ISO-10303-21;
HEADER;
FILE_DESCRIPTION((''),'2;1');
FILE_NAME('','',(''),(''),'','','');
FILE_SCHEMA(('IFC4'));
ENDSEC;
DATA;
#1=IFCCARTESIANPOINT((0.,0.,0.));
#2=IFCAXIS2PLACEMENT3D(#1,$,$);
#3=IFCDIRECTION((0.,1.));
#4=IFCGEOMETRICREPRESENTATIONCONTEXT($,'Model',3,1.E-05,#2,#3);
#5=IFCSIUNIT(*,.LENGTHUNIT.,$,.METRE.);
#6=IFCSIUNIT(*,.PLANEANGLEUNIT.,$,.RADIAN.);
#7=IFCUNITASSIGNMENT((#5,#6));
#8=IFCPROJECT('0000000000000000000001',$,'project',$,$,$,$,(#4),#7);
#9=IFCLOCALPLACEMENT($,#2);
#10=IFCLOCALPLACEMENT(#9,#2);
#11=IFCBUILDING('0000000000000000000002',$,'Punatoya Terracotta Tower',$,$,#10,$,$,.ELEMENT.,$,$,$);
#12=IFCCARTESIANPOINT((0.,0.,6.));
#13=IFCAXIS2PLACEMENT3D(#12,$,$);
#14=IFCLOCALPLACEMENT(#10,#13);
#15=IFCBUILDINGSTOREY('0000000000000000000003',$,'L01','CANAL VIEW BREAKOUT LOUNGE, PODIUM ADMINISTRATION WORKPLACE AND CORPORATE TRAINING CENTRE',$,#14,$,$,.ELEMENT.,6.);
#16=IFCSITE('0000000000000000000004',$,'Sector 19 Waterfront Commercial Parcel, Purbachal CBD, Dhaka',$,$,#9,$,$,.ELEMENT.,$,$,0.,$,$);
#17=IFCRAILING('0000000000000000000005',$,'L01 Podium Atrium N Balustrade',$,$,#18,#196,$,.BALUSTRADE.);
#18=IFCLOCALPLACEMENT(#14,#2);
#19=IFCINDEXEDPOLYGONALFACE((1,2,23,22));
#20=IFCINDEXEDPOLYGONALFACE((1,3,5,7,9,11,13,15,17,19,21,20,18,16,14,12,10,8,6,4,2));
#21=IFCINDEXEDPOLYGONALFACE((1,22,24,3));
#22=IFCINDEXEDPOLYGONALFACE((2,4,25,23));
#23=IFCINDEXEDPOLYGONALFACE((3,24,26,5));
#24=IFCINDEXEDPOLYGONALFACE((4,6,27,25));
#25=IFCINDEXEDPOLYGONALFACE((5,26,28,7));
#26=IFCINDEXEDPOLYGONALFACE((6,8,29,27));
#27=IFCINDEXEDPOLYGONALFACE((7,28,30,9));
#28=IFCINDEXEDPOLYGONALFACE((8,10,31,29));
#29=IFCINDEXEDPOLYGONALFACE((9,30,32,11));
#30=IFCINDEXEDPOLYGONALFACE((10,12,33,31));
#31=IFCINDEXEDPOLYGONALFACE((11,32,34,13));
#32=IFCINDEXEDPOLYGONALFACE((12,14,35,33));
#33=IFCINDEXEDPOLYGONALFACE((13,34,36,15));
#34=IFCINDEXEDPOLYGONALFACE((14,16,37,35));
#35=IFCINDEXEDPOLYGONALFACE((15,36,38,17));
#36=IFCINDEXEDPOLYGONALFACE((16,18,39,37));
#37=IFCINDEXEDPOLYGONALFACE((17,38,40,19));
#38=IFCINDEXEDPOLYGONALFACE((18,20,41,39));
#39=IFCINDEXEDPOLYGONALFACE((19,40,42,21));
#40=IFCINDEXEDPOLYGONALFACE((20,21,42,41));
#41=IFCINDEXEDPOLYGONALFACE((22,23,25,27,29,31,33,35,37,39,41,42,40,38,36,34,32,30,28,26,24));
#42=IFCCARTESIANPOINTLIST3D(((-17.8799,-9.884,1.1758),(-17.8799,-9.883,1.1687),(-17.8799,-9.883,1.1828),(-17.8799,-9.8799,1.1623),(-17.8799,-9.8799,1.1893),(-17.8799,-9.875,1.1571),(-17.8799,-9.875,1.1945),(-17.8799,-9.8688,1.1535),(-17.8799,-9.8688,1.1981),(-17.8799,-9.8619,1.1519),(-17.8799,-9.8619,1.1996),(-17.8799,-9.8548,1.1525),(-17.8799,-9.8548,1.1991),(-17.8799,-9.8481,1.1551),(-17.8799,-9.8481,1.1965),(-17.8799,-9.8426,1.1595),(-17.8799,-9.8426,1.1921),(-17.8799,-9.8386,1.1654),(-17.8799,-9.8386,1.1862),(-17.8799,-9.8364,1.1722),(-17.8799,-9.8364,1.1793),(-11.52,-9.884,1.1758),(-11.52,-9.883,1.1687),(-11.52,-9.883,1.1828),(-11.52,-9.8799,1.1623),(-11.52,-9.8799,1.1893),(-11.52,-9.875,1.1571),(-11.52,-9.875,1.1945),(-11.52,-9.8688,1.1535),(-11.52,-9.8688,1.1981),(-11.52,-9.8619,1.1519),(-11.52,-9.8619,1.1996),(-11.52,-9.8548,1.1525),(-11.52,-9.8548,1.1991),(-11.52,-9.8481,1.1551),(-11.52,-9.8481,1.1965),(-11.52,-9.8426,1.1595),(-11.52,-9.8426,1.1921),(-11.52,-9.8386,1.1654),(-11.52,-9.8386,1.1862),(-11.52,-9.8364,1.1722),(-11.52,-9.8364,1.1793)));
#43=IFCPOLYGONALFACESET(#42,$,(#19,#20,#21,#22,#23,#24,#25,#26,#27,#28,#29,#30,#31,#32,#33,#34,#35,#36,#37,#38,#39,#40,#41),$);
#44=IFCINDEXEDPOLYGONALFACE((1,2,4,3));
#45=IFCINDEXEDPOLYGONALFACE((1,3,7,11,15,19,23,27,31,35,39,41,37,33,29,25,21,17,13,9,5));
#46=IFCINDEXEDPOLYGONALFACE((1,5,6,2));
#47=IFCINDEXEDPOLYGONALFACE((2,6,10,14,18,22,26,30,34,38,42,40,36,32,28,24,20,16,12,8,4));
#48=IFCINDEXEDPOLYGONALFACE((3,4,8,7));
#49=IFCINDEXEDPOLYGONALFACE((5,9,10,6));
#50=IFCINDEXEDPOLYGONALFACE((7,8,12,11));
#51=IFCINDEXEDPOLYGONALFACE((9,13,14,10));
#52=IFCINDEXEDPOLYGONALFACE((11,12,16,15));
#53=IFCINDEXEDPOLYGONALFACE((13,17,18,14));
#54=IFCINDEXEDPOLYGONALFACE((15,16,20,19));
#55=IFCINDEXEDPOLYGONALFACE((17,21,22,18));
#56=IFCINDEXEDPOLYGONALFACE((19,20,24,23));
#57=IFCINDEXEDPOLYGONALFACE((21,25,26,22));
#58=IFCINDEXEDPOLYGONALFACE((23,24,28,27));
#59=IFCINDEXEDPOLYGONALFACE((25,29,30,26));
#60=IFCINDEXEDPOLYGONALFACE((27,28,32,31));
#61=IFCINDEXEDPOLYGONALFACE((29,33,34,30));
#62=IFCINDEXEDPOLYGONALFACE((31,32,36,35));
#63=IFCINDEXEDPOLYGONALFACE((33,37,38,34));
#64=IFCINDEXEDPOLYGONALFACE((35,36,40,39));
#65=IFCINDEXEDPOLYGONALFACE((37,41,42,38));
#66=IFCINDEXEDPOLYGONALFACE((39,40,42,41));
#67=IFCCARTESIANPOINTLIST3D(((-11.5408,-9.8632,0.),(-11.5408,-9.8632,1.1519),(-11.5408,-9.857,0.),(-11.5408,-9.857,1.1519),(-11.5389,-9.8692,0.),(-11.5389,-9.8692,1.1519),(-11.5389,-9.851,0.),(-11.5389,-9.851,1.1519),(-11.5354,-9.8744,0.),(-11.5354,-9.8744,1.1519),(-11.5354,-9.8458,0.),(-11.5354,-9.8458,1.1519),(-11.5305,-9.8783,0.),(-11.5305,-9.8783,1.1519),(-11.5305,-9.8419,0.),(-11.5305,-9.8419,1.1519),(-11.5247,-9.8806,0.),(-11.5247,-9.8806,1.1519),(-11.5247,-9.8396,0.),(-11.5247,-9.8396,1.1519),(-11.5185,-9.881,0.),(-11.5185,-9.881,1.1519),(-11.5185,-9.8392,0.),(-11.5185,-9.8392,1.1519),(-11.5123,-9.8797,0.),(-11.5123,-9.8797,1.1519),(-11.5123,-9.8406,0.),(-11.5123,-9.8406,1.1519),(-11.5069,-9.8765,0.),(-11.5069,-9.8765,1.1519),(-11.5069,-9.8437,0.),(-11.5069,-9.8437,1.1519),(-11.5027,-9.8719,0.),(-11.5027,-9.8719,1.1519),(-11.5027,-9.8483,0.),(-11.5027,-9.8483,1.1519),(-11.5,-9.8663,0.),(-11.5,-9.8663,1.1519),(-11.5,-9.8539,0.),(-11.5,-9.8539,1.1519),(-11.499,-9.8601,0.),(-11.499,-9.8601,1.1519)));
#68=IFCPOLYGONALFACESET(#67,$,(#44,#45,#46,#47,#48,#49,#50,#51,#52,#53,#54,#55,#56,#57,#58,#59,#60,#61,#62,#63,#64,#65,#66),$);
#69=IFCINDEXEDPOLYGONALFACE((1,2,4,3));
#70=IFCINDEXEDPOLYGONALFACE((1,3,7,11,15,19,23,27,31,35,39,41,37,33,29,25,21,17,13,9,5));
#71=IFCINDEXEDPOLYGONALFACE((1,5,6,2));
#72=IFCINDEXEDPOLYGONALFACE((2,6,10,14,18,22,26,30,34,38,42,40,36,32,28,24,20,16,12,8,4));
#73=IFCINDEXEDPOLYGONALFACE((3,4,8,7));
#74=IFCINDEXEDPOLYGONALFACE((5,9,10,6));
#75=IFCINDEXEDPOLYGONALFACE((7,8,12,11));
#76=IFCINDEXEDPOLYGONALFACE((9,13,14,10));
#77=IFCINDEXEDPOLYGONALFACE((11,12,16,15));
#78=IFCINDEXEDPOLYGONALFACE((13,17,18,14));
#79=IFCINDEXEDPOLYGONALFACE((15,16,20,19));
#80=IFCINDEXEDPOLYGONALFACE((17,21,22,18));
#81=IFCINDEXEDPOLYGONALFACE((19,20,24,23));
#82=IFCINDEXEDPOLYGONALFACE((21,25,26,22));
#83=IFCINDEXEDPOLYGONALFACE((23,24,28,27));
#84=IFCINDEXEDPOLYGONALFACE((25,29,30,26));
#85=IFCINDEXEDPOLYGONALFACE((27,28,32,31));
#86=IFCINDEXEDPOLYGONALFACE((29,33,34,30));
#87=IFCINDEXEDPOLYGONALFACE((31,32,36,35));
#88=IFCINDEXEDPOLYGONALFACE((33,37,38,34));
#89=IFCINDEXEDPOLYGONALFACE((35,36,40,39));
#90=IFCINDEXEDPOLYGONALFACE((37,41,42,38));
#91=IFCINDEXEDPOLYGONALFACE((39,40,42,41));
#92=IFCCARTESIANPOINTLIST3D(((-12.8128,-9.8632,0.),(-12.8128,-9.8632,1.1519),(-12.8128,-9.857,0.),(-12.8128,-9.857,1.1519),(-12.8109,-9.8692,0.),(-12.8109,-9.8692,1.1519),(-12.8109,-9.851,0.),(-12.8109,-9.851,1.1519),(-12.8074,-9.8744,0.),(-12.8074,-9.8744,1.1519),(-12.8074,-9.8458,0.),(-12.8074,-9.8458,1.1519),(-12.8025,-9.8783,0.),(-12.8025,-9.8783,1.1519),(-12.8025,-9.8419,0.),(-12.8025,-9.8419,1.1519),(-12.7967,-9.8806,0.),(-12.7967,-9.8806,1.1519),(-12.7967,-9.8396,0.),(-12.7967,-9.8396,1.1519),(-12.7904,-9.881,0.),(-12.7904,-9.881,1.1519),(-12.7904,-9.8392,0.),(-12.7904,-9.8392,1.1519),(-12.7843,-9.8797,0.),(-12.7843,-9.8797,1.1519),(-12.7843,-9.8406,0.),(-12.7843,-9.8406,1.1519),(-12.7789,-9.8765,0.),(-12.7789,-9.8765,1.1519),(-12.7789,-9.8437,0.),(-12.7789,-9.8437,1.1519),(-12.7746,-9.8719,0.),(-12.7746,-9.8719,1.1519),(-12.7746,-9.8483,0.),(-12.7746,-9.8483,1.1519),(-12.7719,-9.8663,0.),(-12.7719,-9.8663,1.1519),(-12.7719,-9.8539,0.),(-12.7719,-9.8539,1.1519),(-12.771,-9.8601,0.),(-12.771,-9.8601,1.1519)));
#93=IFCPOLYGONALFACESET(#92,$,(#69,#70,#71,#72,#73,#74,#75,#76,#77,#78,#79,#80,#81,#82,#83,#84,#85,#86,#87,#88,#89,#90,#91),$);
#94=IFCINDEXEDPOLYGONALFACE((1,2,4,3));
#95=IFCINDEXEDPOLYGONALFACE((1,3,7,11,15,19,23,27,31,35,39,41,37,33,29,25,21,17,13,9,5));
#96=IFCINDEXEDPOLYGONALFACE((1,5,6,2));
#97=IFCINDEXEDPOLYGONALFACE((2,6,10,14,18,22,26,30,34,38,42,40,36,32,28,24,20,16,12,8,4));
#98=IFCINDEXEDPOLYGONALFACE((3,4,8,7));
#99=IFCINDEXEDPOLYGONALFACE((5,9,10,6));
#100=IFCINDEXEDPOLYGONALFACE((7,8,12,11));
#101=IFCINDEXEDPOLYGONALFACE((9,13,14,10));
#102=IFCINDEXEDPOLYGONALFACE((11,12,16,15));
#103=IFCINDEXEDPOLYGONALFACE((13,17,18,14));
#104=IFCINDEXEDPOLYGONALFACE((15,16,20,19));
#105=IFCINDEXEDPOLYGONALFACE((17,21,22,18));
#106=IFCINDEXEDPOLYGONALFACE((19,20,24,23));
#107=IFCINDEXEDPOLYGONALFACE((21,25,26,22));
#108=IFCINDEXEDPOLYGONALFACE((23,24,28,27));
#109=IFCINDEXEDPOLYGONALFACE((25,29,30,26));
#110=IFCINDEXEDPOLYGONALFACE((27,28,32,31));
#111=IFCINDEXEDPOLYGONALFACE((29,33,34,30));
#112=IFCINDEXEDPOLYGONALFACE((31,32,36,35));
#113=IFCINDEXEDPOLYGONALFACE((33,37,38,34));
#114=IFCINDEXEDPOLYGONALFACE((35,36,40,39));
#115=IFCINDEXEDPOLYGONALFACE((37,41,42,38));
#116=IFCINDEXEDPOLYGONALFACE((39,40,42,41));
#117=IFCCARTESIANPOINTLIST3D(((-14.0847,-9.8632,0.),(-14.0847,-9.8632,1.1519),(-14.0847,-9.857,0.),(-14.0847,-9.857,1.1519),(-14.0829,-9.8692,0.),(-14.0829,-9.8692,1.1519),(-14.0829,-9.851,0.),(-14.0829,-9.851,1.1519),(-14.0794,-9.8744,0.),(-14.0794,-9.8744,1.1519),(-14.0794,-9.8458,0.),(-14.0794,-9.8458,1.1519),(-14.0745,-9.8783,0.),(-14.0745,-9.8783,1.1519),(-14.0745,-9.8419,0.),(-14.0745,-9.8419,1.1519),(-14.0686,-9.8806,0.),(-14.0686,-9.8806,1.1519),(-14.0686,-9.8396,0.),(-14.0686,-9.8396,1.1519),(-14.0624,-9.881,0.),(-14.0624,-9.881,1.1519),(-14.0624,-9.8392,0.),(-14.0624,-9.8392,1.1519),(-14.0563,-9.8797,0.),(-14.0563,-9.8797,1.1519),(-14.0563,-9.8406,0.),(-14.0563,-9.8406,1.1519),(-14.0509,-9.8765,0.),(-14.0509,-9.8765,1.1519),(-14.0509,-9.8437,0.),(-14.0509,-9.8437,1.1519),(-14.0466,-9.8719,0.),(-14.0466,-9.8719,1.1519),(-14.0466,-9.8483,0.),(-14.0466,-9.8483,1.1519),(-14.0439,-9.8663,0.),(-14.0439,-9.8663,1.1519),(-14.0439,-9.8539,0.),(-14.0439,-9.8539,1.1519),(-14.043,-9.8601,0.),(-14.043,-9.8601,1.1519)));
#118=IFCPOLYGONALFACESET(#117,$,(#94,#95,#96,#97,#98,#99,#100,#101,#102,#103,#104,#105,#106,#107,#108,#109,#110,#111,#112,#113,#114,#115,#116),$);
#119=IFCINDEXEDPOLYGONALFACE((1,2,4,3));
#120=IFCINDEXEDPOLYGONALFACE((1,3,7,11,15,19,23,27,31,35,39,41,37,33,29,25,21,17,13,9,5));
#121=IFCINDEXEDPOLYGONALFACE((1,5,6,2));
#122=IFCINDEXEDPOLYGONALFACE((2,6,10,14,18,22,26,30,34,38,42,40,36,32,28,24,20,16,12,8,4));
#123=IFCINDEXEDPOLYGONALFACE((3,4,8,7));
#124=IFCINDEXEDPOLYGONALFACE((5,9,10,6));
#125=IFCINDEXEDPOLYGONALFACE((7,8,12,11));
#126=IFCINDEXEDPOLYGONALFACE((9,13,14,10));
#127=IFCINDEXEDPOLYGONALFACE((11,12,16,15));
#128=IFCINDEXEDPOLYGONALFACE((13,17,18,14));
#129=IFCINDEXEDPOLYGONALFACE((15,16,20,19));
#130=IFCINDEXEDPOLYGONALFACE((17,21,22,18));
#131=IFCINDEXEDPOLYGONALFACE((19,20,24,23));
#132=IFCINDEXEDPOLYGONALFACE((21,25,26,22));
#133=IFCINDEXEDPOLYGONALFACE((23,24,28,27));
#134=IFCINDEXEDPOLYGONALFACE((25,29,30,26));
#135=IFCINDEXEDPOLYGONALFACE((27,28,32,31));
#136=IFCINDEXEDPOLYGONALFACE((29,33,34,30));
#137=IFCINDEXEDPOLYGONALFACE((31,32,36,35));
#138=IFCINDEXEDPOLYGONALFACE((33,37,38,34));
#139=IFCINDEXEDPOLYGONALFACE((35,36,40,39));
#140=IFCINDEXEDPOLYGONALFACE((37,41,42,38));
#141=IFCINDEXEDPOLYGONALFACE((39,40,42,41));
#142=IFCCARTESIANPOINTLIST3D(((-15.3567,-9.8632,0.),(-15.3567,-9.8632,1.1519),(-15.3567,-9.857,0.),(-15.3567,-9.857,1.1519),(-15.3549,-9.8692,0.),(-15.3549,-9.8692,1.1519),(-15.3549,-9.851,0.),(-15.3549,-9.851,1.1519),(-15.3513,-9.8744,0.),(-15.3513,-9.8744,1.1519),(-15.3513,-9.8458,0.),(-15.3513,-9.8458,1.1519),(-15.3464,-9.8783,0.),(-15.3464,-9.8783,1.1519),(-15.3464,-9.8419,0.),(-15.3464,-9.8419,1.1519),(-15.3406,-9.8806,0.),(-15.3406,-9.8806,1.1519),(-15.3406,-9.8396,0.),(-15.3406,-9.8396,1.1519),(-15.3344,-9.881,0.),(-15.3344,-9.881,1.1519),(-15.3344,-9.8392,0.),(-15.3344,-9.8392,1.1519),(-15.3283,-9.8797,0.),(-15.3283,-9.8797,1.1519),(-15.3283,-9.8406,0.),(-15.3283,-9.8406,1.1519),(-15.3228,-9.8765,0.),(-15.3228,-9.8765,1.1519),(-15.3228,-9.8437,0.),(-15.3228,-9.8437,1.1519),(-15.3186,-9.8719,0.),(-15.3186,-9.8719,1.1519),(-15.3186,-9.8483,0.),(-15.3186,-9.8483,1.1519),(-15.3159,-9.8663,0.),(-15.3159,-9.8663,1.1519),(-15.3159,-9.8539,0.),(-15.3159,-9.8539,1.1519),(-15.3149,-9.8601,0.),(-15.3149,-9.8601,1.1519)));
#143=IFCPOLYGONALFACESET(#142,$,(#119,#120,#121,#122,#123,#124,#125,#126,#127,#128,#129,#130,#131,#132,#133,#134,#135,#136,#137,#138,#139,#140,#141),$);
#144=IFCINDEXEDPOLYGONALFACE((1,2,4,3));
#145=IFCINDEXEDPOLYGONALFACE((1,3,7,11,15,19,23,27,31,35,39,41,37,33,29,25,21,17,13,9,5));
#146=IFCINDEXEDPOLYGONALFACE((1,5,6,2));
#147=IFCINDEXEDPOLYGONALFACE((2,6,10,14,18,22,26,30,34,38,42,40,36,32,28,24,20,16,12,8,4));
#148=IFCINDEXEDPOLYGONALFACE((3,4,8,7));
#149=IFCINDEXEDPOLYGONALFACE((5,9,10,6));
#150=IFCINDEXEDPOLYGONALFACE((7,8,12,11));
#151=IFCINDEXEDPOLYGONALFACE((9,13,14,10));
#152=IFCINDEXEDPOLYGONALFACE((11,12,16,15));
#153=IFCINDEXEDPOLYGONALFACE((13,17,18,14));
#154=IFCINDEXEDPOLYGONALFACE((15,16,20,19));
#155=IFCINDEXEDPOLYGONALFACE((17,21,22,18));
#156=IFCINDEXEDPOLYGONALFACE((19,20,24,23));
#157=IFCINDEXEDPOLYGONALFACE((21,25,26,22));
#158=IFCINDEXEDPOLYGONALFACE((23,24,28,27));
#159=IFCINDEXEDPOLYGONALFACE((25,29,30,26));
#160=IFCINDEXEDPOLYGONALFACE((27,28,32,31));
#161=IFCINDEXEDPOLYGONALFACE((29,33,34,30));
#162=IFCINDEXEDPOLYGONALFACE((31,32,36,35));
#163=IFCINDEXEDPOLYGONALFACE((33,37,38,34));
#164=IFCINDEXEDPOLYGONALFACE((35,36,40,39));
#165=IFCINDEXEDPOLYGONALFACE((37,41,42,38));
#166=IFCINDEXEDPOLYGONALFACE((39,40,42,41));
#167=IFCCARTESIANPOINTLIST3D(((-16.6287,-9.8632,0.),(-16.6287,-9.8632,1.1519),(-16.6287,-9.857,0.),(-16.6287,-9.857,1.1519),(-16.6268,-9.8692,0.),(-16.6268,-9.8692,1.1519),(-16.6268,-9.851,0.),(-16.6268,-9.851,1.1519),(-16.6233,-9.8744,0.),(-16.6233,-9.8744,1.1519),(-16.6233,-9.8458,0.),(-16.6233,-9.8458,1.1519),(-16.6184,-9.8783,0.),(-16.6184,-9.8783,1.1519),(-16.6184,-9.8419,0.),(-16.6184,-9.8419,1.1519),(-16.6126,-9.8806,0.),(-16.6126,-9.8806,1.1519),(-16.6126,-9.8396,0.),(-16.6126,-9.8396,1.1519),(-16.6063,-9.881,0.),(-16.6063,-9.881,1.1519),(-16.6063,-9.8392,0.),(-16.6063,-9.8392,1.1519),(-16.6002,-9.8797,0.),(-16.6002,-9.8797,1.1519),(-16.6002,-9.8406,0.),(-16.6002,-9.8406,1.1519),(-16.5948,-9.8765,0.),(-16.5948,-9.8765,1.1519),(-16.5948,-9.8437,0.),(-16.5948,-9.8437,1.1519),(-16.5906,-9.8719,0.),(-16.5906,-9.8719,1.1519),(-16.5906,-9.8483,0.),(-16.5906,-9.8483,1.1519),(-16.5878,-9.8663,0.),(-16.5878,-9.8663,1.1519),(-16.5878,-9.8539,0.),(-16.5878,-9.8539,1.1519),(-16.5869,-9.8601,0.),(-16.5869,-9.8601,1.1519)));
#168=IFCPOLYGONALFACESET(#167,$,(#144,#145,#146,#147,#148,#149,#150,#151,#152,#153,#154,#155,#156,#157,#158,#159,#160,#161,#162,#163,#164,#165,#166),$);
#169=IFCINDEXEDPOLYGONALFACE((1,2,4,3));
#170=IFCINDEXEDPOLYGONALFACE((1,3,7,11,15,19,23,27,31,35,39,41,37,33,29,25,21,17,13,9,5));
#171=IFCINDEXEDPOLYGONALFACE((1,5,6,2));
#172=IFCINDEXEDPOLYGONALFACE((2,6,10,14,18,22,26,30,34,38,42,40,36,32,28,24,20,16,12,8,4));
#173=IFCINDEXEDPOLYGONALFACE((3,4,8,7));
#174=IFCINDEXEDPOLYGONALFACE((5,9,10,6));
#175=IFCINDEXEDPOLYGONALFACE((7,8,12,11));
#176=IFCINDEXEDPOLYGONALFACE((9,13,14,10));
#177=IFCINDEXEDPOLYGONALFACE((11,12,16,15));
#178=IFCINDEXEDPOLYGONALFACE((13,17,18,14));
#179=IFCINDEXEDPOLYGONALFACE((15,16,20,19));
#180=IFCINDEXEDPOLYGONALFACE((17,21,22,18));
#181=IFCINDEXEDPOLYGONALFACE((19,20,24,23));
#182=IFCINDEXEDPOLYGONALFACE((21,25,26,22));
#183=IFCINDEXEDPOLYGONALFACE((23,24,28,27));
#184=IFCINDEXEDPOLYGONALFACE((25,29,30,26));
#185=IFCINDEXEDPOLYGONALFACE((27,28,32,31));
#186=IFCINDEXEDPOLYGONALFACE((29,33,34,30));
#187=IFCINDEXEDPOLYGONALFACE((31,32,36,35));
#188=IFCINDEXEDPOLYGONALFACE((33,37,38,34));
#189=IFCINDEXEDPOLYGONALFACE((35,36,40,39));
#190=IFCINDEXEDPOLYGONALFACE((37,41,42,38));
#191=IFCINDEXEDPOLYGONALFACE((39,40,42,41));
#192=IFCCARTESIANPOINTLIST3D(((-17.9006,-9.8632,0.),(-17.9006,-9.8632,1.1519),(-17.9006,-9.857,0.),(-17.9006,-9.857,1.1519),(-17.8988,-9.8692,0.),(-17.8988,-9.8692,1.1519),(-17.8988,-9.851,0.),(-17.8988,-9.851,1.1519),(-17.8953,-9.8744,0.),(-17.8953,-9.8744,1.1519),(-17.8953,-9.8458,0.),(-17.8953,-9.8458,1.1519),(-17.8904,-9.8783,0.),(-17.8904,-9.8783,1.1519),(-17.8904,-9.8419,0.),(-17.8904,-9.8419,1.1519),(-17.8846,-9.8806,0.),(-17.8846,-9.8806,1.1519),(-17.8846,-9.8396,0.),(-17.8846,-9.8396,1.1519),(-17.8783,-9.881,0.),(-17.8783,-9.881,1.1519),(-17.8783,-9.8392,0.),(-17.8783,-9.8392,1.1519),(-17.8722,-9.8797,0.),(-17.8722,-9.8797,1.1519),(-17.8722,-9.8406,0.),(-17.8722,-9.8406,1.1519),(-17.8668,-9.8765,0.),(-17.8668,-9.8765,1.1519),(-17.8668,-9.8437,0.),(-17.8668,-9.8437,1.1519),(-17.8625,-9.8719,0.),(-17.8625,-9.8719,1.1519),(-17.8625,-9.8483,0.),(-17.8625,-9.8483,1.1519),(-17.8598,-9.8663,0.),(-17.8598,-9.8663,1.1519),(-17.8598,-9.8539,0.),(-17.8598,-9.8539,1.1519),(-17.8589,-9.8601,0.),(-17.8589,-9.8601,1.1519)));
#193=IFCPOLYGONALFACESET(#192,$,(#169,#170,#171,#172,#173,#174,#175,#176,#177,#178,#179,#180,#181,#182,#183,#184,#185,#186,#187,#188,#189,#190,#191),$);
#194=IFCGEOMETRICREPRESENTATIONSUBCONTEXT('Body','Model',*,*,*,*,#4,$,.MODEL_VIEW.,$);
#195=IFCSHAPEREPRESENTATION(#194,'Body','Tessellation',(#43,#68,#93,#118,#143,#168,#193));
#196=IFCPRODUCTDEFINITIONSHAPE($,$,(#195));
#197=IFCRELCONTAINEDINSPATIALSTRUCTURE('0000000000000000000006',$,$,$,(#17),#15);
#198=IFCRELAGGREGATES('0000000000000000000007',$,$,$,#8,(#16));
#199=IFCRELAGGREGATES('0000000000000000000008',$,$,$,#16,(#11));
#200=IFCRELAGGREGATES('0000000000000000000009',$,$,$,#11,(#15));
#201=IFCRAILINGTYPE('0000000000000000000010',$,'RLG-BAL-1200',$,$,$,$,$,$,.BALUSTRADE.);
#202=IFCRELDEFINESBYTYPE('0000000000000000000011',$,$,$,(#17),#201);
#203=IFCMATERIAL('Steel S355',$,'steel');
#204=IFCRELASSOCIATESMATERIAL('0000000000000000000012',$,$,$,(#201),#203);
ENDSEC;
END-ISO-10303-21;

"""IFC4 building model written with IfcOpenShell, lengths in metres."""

from ifc_helpers import new_model, si_unit, direction, frame, origin, origin_2d, place, context, subcontext, project, spatial, circle, extrude, material, type_object, element, save


model = new_model("IFC4")

# Units and contexts
model_context = context("Model", 3, precision=1e-05, world=origin(), true_north=direction((0.0, 1.0)))
body_context = subcontext(model_context, "Body", "Model", "MODEL_VIEW")
ifc_project = project(units=[si_unit("LENGTHUNIT", "METRE"), si_unit("PLANEANGLEUNIT", "RADIAN")], contexts=[model_context])

# Site, building, storey
site_placement = place(None, origin())
site = spatial("IfcSite", under=ifc_project, at=site_placement, Name="Sector 19 Waterfront Commercial Parcel, Purbachal CBD, Dhaka", CompositionType="ELEMENT", RefElevation=0.0)
building_placement = place(site_placement, origin())
building = spatial("IfcBuilding", under=site, at=building_placement, Name="Punatoya Terracotta Tower", CompositionType="ELEMENT")
storey_placement = place(building_placement, frame((0.0, 0.0, 6.0)))
storey = spatial("IfcBuildingStorey", under=building, at=storey_placement, Name="L01", Description="CANAL VIEW BREAKOUT LOUNGE, PODIUM ADMINISTRATION WORKPLACE AND CORPORATE TRAINING CENTRE", CompositionType="ELEMENT", Elevation=6.0)

# Shared definitions
ifc_material_1 = material(Name="Steel S355", Category="steel")

# Railing
railing_type_1 = type_object("IfcRailingType", Name="RLG-BAL-1200", PredefinedType="BALUSTRADE", material=ifc_material_1)
railing_1_placement = place(storey_placement, frame((-11.52, -9.8601, 0.0)))
element("IfcRailing", 1, at=railing_1_placement, inside=storey, type_object=railing_type_1, Name="L01 Podium Atrium N Balustrade", PredefinedType="BALUSTRADE", context=body_context, shape_type="SweptSolid", body=[
    extrude(circle(Radius=0.0239, at=origin_2d()), frame((0.0, 0.0, 1.1758), z_axis=(-1.0, 0.0, 0.0), x_axis=(0.0, -1.0, 0.0)), (0.0, 0.0, 1.0), 6.3599),
    extrude(circle(Radius=0.021, at=origin_2d()), origin(), (0.0, 0.0, 1.0), 1.1519),
    extrude(circle(Radius=0.021, at=origin_2d()), frame((-1.272, 0.0, 0.0)), (0.0, 0.0, 1.0), 1.1519),
    extrude(circle(Radius=0.021, at=origin_2d()), frame((-2.5439, 0.0, 0.0)), (0.0, 0.0, 1.0), 1.1519),
    extrude(circle(Radius=0.021, at=origin_2d()), frame((-3.8159, 0.0, 0.0)), (0.0, 0.0, 1.0), 1.1519),
    extrude(circle(Radius=0.021, at=origin_2d()), frame((-5.0879, 0.0, 0.0)), (0.0, 0.0, 1.0), 1.1519),
    extrude(circle(Radius=0.021, at=origin_2d()), frame((-6.3599, 0.0, 0.0)), (0.0, 0.0, 1.0), 1.1519),
])

save(model, "model.ifc")
